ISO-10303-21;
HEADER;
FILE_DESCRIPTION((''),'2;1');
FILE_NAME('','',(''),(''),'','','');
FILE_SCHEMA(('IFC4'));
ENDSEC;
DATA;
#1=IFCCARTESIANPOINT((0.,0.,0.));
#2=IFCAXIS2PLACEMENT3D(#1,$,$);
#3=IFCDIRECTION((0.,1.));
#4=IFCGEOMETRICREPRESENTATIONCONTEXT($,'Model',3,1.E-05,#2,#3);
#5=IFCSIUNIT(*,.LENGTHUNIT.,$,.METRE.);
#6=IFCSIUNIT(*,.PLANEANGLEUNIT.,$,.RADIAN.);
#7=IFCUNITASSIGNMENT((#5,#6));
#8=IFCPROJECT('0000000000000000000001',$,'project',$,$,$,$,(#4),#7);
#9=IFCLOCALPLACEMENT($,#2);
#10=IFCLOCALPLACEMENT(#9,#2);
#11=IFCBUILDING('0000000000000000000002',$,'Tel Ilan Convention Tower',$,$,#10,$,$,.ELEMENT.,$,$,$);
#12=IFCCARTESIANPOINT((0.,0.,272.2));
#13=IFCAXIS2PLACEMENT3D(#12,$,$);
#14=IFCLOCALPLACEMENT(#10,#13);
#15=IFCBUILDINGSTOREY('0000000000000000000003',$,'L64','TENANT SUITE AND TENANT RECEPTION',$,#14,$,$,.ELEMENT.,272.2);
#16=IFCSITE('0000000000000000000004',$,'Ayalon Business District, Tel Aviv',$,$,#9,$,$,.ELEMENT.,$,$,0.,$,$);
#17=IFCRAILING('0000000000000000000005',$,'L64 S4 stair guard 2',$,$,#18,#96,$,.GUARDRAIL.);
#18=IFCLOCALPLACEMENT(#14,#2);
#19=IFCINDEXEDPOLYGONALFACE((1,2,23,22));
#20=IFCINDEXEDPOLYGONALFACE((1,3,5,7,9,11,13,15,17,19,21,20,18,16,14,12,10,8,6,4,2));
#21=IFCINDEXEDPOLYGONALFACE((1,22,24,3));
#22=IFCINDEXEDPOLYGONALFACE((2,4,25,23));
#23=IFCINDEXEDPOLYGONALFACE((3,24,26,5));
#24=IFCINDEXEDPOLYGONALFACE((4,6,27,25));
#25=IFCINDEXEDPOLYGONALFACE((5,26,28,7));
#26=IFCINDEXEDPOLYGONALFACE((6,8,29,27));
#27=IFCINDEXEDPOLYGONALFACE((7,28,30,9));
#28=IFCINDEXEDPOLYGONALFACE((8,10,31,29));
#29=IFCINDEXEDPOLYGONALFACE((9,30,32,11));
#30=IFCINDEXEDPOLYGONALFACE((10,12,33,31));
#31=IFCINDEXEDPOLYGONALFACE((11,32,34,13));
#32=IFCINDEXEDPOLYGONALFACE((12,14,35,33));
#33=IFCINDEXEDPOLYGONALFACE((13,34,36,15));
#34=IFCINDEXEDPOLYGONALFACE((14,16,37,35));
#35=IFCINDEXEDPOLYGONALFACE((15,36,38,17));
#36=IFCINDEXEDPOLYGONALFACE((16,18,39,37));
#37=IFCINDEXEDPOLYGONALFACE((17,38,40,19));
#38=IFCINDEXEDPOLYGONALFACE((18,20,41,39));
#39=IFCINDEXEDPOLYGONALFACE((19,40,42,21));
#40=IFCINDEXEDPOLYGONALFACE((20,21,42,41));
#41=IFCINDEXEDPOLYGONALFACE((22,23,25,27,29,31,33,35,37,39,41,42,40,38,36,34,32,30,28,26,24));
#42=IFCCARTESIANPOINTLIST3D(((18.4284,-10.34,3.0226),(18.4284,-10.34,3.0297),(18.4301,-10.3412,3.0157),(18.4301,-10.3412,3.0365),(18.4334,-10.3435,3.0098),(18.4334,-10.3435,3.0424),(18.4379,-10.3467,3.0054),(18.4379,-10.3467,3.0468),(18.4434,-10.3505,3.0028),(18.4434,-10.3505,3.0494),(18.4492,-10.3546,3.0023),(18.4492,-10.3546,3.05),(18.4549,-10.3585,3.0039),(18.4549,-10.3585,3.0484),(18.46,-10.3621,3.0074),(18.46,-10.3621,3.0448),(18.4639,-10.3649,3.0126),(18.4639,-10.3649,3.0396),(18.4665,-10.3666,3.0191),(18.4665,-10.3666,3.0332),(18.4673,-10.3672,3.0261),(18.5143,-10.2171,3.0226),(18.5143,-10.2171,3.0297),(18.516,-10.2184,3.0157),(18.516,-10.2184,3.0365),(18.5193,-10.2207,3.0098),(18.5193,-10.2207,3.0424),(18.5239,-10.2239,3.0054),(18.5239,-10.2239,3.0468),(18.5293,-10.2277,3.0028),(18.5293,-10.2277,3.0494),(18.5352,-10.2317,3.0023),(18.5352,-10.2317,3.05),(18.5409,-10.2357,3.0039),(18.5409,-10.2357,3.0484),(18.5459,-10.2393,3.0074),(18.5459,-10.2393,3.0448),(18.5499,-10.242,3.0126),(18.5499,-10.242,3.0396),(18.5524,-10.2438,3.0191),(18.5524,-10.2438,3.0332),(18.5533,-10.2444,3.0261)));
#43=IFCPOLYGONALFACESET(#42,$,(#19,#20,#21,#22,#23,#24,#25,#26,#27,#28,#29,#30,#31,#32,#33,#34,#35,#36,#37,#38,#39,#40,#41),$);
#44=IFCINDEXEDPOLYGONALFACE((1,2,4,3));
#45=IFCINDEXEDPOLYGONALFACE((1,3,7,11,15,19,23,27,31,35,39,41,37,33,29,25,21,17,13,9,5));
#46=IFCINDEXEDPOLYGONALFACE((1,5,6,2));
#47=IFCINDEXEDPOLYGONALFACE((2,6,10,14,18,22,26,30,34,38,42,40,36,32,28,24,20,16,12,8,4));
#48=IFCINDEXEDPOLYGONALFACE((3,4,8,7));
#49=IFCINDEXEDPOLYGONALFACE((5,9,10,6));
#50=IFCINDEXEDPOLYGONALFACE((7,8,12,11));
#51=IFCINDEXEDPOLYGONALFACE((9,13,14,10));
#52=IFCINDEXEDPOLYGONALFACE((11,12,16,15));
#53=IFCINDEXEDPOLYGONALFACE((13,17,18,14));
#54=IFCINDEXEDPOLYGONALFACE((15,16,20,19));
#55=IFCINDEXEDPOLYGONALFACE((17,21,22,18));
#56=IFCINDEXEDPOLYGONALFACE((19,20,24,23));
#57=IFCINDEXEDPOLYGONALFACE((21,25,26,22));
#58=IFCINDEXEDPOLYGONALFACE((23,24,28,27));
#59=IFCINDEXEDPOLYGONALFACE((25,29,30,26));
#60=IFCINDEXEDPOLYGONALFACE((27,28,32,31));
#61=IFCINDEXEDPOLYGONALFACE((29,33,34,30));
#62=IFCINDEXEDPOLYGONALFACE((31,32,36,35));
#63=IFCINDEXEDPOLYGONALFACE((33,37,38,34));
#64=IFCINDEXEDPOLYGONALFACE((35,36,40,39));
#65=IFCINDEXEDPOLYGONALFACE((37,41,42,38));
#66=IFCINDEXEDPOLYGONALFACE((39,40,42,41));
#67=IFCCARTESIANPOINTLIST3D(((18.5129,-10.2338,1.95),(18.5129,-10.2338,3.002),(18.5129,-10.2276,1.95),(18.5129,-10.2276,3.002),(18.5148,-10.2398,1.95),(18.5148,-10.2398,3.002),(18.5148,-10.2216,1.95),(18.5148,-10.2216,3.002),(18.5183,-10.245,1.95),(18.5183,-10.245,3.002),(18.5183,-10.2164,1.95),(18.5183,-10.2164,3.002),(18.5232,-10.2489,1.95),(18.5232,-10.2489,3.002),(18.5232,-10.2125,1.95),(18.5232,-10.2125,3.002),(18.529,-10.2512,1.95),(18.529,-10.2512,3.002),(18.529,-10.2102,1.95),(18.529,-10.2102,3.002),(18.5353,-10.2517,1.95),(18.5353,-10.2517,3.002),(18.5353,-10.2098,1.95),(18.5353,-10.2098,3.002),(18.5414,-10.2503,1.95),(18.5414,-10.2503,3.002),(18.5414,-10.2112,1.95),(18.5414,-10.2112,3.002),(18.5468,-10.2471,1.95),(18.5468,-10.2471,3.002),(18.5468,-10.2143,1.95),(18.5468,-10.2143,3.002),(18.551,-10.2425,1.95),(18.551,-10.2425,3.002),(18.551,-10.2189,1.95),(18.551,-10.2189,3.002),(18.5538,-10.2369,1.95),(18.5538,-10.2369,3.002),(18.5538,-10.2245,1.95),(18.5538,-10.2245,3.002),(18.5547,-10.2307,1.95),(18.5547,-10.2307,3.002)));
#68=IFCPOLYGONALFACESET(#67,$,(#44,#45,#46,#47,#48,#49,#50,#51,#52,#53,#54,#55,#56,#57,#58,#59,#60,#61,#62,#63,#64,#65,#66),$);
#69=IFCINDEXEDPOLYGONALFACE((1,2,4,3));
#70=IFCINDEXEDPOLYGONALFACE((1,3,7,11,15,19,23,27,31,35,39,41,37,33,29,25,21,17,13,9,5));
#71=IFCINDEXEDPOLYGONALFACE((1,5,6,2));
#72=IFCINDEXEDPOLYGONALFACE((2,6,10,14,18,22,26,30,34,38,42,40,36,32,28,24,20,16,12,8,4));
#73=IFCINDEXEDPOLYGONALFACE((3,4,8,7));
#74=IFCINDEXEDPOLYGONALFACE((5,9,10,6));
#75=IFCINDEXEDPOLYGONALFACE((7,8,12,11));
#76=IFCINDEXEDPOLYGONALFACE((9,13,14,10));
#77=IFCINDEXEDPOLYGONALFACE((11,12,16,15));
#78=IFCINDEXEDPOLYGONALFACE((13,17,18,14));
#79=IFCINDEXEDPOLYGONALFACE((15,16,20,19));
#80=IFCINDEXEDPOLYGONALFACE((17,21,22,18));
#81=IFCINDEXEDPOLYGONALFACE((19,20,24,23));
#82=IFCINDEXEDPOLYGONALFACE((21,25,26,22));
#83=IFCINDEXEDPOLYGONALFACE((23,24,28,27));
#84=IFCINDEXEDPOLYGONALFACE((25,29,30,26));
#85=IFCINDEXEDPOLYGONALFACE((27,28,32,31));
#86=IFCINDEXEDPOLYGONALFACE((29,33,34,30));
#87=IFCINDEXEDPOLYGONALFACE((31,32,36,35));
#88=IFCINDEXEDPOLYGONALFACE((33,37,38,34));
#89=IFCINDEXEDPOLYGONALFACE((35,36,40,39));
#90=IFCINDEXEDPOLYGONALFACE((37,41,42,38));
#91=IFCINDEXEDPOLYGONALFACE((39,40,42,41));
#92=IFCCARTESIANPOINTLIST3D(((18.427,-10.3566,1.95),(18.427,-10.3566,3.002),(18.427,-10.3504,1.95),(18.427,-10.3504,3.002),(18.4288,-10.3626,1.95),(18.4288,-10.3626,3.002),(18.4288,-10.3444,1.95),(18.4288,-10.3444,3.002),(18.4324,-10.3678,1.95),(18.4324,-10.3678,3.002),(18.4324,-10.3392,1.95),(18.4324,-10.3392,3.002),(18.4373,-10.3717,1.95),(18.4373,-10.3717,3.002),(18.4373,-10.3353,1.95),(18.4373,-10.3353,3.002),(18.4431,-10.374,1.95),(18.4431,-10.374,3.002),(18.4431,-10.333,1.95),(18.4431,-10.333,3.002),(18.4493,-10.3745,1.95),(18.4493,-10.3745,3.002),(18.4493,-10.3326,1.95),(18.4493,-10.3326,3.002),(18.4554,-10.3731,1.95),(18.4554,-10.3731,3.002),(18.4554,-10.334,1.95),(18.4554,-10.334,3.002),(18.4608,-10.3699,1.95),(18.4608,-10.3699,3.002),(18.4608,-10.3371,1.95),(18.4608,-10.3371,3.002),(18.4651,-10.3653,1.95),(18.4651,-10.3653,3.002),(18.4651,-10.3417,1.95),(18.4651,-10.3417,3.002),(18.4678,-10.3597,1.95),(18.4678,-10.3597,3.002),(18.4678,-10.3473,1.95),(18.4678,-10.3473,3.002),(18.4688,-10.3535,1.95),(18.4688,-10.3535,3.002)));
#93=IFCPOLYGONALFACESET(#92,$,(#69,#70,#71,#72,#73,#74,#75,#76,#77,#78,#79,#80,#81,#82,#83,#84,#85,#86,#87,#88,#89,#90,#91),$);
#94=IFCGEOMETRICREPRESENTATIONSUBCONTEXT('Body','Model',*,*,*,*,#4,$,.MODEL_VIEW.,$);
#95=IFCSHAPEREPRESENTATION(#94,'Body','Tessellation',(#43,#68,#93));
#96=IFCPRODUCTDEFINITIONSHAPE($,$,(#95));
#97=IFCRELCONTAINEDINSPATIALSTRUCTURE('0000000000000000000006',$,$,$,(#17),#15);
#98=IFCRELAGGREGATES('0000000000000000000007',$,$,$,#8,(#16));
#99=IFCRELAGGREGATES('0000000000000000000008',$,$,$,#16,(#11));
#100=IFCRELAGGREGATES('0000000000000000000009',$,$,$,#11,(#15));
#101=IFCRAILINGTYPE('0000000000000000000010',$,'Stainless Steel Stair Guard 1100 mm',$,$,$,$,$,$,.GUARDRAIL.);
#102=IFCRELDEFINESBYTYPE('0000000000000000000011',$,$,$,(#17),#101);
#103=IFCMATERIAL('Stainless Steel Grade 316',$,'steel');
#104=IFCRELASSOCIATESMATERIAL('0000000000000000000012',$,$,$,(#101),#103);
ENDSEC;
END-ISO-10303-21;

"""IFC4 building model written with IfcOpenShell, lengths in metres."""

from ifc_helpers import new_model, si_unit, direction, frame, origin, origin_2d, place, context, subcontext, project, spatial, circle, extrude, material, type_object, element, save


model = new_model("IFC4")

# Units and contexts
model_context = context("Model", 3, precision=1e-05, world=origin(), true_north=direction((0.0, 1.0)))
body_context = subcontext(model_context, "Body", "Model", "MODEL_VIEW")
ifc_project = project(units=[si_unit("LENGTHUNIT", "METRE"), si_unit("PLANEANGLEUNIT", "RADIAN")], contexts=[model_context])

# Site, building, storey
site_placement = place(None, origin())
site = spatial("IfcSite", under=ifc_project, at=site_placement, Name="Ayalon Business District, Tel Aviv", CompositionType="ELEMENT", RefElevation=0.0)
building_placement = place(site_placement, origin())
building = spatial("IfcBuilding", under=site, at=building_placement, Name="Tel Ilan Convention Tower", CompositionType="ELEMENT")
storey_placement = place(building_placement, frame((0.0, 0.0, 272.2)))
storey = spatial("IfcBuildingStorey", under=building, at=storey_placement, Name="L64", Description="TENANT SUITE AND TENANT RECEPTION", CompositionType="ELEMENT", Elevation=272.2)

# Railing
ifc_material_1 = material(Name="Stainless Steel Grade 316", Category="steel")
railing_type_1 = type_object("IfcRailingType", Name="Stainless Steel Stair Guard 1100 mm", PredefinedType="GUARDRAIL", material=ifc_material_1)
railing_1_placement = place(storey_placement, frame((18.5337, -10.2307, 1.95)))
element("IfcRailing", 1, at=railing_1_placement, inside=storey, type_object=railing_type_1, Name="L64 S4 stair guard 2", PredefinedType="GUARDRAIL", context=body_context, shape_type="SweptSolid", body=[
    extrude(circle(Radius=0.0239, at=origin_2d()), frame((0.0, 0.0, 1.0762), z_axis=(-0.573353, -0.819308, 0.0), x_axis=(0.819308, -0.573353, 0.0)), (0.0, 0.0, 1.0), 0.1499),
    extrude(circle(Radius=0.021, at=origin_2d()), origin(), (0.0, 0.0, 1.0), 1.052),
    extrude(circle(Radius=0.021, at=origin_2d()), frame((-0.0859, -0.1228, 0.0)), (0.0, 0.0, 1.0), 1.052),
])

save(model, "model.ifc")
